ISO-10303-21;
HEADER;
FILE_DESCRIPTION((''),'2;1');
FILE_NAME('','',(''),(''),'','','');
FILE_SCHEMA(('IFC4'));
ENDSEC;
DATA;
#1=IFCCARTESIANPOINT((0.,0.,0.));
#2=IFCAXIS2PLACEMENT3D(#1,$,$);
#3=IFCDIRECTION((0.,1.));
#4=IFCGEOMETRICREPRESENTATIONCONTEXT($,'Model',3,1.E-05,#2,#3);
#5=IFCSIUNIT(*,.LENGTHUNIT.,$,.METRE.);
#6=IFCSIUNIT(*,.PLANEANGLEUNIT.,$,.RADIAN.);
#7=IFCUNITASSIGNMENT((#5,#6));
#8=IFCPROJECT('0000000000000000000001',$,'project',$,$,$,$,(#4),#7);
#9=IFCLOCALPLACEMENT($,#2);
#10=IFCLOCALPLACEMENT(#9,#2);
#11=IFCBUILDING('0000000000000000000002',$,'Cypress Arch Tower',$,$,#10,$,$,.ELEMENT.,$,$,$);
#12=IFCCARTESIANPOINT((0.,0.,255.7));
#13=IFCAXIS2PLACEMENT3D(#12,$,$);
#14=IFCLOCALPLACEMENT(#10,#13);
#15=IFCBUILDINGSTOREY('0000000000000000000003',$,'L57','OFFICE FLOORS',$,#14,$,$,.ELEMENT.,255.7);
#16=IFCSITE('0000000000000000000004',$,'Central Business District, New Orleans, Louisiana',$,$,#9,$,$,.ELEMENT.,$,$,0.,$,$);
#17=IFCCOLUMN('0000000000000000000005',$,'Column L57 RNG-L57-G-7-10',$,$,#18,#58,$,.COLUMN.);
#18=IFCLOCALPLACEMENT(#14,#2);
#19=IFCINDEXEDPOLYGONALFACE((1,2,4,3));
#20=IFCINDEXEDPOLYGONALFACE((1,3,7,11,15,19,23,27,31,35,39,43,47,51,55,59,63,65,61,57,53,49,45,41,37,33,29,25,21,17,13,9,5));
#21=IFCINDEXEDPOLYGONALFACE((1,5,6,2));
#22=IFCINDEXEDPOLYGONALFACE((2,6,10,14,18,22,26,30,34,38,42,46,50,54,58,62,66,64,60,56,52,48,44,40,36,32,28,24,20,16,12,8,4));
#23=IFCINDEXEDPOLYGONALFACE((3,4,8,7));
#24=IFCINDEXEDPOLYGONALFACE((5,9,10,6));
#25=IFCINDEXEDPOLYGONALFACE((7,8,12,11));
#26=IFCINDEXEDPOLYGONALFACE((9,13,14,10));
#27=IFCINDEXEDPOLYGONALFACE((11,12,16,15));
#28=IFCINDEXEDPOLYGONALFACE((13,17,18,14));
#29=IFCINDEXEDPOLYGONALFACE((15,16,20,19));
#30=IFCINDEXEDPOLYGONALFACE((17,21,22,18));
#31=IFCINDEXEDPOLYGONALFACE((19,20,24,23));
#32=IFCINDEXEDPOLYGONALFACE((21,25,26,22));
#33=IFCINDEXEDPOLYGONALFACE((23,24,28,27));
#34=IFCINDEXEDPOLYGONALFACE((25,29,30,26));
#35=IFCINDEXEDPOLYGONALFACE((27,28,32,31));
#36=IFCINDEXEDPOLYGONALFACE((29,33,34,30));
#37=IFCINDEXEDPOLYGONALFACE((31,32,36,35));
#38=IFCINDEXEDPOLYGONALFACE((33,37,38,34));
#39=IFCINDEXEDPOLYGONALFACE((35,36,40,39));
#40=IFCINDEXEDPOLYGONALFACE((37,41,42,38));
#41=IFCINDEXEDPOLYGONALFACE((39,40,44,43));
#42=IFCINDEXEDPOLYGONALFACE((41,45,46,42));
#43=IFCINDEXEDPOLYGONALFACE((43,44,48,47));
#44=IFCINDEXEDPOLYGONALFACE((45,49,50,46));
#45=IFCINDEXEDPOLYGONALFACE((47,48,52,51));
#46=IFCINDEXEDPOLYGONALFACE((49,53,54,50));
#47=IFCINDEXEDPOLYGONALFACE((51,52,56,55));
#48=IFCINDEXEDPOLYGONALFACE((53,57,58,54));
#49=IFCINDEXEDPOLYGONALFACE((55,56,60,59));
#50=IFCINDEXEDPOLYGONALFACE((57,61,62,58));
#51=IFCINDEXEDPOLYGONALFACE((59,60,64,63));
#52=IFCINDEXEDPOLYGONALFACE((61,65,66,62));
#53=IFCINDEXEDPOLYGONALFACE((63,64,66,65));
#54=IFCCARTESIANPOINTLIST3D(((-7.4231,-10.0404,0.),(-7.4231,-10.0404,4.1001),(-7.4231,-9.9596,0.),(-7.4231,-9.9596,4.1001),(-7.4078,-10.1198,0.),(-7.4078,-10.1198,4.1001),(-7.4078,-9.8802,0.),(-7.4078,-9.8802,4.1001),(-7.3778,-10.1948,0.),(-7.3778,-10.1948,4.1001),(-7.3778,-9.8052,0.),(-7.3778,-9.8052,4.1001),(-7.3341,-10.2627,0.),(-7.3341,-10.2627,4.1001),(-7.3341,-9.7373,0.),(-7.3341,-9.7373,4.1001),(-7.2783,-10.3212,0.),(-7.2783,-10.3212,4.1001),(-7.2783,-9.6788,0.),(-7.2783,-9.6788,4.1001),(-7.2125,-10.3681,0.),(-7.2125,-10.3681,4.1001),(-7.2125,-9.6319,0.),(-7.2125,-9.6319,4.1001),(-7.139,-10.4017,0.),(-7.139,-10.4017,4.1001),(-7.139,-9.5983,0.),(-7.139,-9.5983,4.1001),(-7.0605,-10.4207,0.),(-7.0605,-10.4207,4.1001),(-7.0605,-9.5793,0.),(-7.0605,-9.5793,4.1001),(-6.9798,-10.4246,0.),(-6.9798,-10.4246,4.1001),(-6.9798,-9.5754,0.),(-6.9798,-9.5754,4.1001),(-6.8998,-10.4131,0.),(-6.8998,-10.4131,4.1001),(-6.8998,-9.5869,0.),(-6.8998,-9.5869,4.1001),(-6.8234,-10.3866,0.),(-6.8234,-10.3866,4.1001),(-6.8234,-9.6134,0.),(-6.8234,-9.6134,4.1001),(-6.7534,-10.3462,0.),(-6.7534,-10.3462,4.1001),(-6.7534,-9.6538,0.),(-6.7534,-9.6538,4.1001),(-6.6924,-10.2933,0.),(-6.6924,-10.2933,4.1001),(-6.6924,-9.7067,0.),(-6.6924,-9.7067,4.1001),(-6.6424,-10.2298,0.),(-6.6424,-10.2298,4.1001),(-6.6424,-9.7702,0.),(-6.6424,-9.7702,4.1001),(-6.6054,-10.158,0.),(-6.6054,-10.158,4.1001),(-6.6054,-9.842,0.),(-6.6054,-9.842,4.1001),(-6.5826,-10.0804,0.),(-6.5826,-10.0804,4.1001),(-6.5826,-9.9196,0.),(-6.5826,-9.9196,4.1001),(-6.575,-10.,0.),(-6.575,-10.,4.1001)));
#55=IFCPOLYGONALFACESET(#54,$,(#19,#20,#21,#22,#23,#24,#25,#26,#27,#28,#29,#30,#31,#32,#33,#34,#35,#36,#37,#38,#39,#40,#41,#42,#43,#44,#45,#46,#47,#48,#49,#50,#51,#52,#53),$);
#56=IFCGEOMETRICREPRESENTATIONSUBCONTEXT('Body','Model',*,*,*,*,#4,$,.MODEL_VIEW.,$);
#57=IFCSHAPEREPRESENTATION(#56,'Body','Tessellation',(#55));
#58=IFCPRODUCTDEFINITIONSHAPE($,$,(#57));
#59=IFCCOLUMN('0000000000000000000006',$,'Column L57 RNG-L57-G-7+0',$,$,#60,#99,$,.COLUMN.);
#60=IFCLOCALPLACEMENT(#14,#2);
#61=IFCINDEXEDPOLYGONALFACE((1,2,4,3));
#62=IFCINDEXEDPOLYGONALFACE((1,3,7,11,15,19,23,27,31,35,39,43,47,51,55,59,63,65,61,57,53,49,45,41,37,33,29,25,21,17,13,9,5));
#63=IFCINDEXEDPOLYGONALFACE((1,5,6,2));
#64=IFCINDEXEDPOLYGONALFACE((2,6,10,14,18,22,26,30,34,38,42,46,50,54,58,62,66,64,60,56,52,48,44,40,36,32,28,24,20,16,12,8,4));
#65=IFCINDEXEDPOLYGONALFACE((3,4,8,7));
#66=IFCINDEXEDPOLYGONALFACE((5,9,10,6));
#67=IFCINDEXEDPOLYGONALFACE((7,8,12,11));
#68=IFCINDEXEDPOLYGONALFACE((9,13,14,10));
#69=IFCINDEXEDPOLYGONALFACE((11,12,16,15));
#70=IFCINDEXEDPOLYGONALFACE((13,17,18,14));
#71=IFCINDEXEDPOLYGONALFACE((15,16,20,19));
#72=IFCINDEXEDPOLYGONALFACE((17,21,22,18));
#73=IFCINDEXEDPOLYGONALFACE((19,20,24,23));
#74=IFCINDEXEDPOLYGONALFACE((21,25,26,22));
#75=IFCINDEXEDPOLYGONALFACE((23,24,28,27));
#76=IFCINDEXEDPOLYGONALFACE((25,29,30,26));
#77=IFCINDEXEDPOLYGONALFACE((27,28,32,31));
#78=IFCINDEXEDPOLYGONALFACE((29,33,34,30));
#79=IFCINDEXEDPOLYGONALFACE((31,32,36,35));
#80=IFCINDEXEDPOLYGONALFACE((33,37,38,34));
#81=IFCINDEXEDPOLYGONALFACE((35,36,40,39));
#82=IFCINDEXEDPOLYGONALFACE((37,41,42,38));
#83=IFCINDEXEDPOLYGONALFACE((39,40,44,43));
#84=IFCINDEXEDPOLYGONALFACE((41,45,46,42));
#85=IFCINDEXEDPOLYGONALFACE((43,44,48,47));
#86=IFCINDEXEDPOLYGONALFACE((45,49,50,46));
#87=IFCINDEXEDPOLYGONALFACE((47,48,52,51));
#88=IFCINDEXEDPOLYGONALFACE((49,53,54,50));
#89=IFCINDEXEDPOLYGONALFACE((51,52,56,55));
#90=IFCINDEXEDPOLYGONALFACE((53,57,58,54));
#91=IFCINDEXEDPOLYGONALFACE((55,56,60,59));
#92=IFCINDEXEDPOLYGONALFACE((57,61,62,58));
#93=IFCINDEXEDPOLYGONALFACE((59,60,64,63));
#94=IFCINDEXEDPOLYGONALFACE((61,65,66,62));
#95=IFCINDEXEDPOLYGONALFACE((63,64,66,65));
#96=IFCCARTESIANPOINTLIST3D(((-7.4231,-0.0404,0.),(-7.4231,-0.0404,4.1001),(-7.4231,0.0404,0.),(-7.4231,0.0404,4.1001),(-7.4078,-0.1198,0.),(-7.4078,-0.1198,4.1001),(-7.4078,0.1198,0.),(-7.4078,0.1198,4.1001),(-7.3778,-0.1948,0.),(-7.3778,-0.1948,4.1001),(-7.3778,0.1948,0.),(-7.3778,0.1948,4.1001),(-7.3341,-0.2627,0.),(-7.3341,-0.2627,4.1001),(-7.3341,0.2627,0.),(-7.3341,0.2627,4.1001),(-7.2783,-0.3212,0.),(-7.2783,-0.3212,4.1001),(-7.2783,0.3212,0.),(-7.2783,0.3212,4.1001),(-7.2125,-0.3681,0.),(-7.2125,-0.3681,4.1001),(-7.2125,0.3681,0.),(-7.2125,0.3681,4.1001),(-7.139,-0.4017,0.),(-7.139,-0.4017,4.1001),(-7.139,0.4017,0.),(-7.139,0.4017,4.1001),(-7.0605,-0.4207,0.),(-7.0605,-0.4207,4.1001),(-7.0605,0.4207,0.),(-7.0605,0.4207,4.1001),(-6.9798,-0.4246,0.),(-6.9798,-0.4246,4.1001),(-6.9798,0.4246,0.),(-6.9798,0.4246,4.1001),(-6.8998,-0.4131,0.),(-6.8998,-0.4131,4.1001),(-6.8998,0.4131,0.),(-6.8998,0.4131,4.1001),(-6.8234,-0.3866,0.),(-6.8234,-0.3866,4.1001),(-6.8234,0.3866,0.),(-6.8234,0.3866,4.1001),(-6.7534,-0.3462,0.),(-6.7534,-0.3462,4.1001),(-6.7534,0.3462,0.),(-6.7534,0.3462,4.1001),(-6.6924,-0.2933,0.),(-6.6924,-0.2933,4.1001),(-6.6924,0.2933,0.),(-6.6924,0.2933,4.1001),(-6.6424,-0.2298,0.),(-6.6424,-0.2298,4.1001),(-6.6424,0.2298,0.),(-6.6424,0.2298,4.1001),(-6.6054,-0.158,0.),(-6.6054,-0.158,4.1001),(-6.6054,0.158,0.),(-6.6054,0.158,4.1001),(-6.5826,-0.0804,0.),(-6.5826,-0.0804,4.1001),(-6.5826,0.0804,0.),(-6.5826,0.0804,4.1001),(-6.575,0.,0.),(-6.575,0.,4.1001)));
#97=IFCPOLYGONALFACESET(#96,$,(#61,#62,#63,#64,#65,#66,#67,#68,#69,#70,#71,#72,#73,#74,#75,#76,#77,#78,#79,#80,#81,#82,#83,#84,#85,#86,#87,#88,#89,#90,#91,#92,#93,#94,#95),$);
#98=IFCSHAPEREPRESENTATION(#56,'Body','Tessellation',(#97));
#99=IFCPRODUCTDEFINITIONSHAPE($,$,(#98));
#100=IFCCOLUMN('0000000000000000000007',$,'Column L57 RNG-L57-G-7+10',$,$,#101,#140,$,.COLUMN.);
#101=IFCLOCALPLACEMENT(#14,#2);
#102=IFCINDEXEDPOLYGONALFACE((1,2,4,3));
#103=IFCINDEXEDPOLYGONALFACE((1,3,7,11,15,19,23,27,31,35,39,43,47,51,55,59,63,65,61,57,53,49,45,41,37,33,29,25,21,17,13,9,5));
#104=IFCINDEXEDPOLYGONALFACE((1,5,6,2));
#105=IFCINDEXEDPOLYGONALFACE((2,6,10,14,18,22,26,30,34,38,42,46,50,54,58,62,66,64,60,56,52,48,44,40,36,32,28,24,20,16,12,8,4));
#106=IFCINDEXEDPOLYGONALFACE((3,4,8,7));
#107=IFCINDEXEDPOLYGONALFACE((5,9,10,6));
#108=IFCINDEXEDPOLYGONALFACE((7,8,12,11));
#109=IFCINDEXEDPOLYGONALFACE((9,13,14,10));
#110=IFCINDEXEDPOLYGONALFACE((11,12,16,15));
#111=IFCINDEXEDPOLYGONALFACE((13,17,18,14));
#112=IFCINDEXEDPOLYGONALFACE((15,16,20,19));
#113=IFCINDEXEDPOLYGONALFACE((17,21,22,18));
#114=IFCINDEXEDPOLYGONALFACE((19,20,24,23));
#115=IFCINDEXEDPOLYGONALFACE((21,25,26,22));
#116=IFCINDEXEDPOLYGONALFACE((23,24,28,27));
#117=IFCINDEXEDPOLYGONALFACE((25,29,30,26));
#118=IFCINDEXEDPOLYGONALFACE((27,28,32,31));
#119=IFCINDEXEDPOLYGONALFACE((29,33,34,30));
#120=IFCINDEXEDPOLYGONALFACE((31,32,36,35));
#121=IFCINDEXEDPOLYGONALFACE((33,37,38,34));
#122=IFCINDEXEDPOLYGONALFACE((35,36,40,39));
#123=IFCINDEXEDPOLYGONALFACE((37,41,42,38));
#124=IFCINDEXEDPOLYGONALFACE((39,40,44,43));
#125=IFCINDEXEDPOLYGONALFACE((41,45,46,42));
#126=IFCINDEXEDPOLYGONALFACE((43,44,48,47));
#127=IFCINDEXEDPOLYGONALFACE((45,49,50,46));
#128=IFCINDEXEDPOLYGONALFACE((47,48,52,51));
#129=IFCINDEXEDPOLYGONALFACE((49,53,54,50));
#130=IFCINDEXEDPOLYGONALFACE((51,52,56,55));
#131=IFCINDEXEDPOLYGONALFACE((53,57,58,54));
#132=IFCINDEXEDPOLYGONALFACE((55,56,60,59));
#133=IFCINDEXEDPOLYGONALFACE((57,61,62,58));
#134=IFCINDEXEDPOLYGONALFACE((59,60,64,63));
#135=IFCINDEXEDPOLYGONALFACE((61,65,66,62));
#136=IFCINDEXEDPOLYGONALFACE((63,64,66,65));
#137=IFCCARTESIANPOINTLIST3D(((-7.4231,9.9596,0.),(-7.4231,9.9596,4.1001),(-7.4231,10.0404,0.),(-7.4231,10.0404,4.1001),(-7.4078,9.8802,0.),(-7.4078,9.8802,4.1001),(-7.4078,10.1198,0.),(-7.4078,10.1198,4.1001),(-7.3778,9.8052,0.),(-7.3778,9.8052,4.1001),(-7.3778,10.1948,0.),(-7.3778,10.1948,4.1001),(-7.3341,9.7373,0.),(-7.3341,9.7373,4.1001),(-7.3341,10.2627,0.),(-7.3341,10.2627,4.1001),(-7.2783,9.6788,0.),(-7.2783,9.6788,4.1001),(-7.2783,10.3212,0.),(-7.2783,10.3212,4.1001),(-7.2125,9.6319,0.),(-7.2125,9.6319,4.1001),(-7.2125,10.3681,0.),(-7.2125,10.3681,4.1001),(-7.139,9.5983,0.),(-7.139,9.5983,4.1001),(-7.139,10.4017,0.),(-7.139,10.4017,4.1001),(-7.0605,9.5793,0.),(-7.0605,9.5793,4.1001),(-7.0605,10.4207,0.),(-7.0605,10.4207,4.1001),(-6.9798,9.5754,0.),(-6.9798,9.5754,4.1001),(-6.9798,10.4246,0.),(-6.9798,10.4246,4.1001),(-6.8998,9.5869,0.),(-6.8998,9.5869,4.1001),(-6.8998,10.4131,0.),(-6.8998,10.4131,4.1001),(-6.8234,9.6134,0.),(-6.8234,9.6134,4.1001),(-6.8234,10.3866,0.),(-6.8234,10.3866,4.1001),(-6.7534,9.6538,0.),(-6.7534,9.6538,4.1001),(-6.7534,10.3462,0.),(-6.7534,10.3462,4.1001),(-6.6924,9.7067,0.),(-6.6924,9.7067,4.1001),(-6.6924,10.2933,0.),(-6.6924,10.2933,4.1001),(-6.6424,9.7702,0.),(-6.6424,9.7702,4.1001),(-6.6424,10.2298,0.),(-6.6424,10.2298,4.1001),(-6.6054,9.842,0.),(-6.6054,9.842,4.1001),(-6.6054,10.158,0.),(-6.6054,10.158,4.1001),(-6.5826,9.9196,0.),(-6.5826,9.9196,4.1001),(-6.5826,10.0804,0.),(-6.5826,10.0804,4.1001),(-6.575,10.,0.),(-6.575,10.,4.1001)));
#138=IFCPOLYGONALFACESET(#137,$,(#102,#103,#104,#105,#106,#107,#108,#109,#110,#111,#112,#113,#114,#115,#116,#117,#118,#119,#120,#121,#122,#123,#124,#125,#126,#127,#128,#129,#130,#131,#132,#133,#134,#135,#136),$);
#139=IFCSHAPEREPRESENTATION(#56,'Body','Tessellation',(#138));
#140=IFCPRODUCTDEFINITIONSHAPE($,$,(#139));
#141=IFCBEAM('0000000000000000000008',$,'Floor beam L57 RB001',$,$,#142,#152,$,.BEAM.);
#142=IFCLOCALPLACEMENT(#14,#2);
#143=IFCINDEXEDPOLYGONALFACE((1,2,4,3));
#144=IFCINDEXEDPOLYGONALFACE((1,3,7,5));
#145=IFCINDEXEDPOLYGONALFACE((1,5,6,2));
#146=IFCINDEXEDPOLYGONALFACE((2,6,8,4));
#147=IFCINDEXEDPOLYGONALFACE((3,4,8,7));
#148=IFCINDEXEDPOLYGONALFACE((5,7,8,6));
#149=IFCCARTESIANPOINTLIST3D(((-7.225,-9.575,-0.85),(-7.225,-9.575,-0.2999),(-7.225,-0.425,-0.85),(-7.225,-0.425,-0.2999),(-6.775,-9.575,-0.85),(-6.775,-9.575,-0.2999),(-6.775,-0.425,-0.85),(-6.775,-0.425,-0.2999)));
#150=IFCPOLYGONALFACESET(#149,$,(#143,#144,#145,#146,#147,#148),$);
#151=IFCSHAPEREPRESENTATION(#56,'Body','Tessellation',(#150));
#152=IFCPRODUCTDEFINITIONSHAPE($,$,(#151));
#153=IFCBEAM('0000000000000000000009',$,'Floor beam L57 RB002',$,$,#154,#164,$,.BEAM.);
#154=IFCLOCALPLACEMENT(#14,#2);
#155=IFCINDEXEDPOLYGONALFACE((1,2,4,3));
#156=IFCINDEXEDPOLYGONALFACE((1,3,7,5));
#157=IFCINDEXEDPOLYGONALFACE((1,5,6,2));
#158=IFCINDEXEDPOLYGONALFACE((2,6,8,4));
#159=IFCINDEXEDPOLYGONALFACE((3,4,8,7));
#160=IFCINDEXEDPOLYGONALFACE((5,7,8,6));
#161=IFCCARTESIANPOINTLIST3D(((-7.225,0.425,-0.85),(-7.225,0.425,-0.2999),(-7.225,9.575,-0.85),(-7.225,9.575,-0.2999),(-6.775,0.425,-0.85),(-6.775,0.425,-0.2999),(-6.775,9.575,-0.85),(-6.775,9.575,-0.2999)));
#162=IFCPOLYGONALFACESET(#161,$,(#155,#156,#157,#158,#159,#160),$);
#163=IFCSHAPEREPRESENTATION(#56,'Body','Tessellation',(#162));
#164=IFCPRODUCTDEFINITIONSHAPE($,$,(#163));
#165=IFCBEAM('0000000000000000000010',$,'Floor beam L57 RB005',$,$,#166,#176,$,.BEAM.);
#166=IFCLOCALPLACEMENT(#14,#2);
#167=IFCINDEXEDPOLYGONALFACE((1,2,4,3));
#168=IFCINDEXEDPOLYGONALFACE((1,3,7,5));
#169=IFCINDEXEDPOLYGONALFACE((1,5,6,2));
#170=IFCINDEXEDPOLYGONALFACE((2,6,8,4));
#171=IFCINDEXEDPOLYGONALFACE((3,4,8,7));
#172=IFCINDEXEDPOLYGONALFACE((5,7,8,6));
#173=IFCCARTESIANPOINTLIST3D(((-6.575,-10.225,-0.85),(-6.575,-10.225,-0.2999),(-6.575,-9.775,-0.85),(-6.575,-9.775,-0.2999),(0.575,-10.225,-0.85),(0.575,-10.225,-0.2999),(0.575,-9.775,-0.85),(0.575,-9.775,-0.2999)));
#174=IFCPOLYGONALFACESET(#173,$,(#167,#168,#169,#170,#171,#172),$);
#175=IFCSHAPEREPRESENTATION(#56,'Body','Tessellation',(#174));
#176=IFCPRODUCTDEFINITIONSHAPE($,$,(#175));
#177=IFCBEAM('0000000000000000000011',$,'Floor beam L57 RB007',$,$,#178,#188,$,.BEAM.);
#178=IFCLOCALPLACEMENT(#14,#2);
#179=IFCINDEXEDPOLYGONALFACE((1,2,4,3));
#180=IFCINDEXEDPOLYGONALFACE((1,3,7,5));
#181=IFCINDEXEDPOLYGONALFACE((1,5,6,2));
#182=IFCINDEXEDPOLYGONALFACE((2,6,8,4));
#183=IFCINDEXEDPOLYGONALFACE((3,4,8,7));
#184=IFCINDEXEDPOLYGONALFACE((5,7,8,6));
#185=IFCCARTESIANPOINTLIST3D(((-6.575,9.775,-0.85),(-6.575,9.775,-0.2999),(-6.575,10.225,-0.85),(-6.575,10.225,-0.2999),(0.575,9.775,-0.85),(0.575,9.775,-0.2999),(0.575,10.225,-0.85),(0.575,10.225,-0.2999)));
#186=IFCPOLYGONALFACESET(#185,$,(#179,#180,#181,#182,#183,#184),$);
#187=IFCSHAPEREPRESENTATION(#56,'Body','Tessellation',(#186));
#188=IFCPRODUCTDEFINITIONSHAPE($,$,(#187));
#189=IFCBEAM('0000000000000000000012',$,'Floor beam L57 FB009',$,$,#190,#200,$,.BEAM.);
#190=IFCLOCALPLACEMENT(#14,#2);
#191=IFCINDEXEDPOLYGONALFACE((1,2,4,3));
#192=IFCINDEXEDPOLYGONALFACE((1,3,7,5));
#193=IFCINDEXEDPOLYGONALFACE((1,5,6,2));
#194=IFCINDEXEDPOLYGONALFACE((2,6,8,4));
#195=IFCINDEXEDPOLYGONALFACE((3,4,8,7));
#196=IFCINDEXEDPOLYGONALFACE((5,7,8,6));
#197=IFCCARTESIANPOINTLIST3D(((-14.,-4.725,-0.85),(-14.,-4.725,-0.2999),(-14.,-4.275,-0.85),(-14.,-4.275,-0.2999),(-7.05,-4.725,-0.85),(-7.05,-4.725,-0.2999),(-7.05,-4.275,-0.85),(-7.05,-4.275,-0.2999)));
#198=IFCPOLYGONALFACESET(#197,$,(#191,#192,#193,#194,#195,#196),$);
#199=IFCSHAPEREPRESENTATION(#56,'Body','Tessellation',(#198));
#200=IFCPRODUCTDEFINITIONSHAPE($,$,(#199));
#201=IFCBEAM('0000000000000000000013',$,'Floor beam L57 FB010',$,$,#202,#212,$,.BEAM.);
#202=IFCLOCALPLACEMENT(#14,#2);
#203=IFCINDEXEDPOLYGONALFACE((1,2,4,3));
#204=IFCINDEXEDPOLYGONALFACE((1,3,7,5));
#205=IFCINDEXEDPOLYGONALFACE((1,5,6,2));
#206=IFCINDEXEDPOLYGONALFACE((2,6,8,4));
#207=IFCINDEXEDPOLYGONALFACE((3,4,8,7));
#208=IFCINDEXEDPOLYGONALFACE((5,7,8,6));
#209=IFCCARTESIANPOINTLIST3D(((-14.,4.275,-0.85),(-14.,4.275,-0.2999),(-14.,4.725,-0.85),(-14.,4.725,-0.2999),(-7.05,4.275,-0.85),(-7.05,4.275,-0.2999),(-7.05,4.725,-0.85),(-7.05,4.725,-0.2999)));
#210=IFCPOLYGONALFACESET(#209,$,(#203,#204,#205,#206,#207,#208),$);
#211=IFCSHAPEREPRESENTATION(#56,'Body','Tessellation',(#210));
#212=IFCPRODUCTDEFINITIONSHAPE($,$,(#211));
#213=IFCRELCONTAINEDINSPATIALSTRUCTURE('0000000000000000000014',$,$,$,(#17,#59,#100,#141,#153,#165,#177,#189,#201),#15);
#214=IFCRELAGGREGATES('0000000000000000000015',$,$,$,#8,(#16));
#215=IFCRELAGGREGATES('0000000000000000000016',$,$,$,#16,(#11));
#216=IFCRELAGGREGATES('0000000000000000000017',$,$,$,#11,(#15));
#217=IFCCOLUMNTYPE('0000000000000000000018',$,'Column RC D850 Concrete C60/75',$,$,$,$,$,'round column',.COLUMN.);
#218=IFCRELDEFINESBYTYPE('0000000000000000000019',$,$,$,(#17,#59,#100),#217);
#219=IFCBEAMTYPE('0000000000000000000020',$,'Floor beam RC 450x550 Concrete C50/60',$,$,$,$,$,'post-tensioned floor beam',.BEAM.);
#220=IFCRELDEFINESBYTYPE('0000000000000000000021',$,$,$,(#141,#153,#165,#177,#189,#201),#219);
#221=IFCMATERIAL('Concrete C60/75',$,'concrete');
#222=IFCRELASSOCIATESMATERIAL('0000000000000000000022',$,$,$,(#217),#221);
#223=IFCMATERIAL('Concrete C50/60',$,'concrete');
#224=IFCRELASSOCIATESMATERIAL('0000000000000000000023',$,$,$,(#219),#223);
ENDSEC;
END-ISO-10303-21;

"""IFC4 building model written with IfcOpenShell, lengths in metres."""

from ifc_helpers import new_model, si_unit, direction, frame, origin, origin_2d, place, context, subcontext, project, spatial, rectangle, circle, extrude, material, material_profile, profile_set, type_object, element, save


model = new_model("IFC4")

# Units and contexts
model_context = context("Model", 3, precision=1e-05, world=origin(), true_north=direction((0.0, 1.0)))
body_context = subcontext(model_context, "Body", "Model", "MODEL_VIEW")
ifc_project = project(units=[si_unit("LENGTHUNIT", "METRE"), si_unit("PLANEANGLEUNIT", "RADIAN")], contexts=[model_context])

# Site, building, storey
site_placement = place(None, origin())
site = spatial("IfcSite", under=ifc_project, at=site_placement, Name="Central Business District, New Orleans, Louisiana", CompositionType="ELEMENT", RefElevation=0.0)
building_placement = place(site_placement, origin())
building = spatial("IfcBuilding", under=site, at=building_placement, Name="Cypress Arch Tower", CompositionType="ELEMENT")
storey_placement = place(building_placement, frame((0.0, 0.0, 255.7)))
storey = spatial("IfcBuildingStorey", under=building, at=storey_placement, Name="L57", Description="OFFICE FLOORS", CompositionType="ELEMENT", Elevation=255.7)

# Columns
ifc_material_1 = material(Name="Concrete C60/75", Category="concrete")
ifc_material_profile_1 = material_profile(ifc_material_1, circle(Radius=0.425, at=origin_2d()), Name="RC D850")
ifc_profile_set_1 = profile_set([ifc_material_profile_1], Name="Concrete C60/75")
column_type = type_object("IfcColumnType", Name="Column RC D850 Concrete C60/75", ElementType="round column", PredefinedType="COLUMN", material=ifc_profile_set_1)
for number, where, z_axis, x_axis, name in (
    (1, (-7.0, -10.0, 0.0), (0.0, 0.0, 1.0), (1.0, 0.0, 0.0), "Column L57 RNG-L57-G-7-10"),
    (2, (-7.0, 0.0, 0.0), (0.0, 0.0, 1.0), (1.0, 0.0, 0.0), "Column L57 RNG-L57-G-7+0"),
    (3, (-7.0, 10.0, 0.0), (0.0, 0.0, 1.0), (1.0, 0.0, 0.0), "Column L57 RNG-L57-G-7+10"),
):
    element("IfcColumn", number, at=place(storey_placement, frame(where, z_axis=z_axis, x_axis=x_axis)), inside=storey, type_object=column_type, Name=name, PredefinedType="COLUMN", context=body_context, shape_type="SweptSolid", body=[
        extrude(circle(Radius=0.425, at=origin_2d()), origin(), (0.0, 0.0, 1.0), 4.1001),
    ])

# Beams
ifc_material_2 = material(Name="Concrete C50/60", Category="concrete")
ifc_material_profile_2 = material_profile(ifc_material_2, rectangle(XDim=0.45, YDim=0.55, at=origin_2d()), Name="RC 450x550")
ifc_profile_set_2 = profile_set([ifc_material_profile_2], Name="Concrete C50/60")
beam_type = type_object("IfcBeamType", Name="Floor beam RC 450x550 Concrete C50/60", ElementType="post-tensioned floor beam", PredefinedType="BEAM", material=ifc_profile_set_2)
for number, where, z_axis, x_axis, name in (
    (4, (-7.0, -9.575, -0.575), (0.0, 1.0, 0.0), (-1.0, 0.0, 0.0), "Floor beam L57 RB001"),
    (5, (-7.0, 0.425, -0.575), (0.0, 1.0, 0.0), (-1.0, 0.0, 0.0), "Floor beam L57 RB002"),
):
    element("IfcBeam", number, at=place(storey_placement, frame(where, z_axis=z_axis, x_axis=x_axis)), inside=storey, type_object=beam_type, Name=name, PredefinedType="BEAM", context=body_context, shape_type="SweptSolid", body=[
        extrude(rectangle(XDim=0.45, YDim=0.55, at=origin_2d()), origin(), (0.0, 0.0, 1.0), 9.1499),
    ])
for number, where, z_axis, x_axis, name in (
    (6, (-6.575, -10.0, -0.575), (1.0, 0.0, 0.0), (0.0, 1.0, 0.0), "Floor beam L57 RB005"),
    (7, (-6.575, 10.0, -0.575), (1.0, 0.0, 0.0), (0.0, 1.0, 0.0), "Floor beam L57 RB007"),
):
    element("IfcBeam", number, at=place(storey_placement, frame(where, z_axis=z_axis, x_axis=x_axis)), inside=storey, type_object=beam_type, Name=name, PredefinedType="BEAM", context=body_context, shape_type="SweptSolid", body=[
        extrude(rectangle(XDim=0.45, YDim=0.55, at=origin_2d()), origin(), (0.0, 0.0, 1.0), 7.1499),
    ])
for number, where, z_axis, x_axis, name in (
    (8, (-14.0, -4.5, -0.575), (1.0, 0.0, 0.0), (0.0, 1.0, 0.0), "Floor beam L57 FB009"),
    (9, (-14.0, 4.5, -0.575), (1.0, 0.0, 0.0), (0.0, 1.0, 0.0), "Floor beam L57 FB010"),
):
    element("IfcBeam", number, at=place(storey_placement, frame(where, z_axis=z_axis, x_axis=x_axis)), inside=storey, type_object=beam_type, Name=name, PredefinedType="BEAM", context=body_context, shape_type="SweptSolid", body=[
        extrude(rectangle(XDim=0.45, YDim=0.55, at=origin_2d()), origin(), (0.0, 0.0, 1.0), 6.95),
    ])

save(model, "model.ifc")
